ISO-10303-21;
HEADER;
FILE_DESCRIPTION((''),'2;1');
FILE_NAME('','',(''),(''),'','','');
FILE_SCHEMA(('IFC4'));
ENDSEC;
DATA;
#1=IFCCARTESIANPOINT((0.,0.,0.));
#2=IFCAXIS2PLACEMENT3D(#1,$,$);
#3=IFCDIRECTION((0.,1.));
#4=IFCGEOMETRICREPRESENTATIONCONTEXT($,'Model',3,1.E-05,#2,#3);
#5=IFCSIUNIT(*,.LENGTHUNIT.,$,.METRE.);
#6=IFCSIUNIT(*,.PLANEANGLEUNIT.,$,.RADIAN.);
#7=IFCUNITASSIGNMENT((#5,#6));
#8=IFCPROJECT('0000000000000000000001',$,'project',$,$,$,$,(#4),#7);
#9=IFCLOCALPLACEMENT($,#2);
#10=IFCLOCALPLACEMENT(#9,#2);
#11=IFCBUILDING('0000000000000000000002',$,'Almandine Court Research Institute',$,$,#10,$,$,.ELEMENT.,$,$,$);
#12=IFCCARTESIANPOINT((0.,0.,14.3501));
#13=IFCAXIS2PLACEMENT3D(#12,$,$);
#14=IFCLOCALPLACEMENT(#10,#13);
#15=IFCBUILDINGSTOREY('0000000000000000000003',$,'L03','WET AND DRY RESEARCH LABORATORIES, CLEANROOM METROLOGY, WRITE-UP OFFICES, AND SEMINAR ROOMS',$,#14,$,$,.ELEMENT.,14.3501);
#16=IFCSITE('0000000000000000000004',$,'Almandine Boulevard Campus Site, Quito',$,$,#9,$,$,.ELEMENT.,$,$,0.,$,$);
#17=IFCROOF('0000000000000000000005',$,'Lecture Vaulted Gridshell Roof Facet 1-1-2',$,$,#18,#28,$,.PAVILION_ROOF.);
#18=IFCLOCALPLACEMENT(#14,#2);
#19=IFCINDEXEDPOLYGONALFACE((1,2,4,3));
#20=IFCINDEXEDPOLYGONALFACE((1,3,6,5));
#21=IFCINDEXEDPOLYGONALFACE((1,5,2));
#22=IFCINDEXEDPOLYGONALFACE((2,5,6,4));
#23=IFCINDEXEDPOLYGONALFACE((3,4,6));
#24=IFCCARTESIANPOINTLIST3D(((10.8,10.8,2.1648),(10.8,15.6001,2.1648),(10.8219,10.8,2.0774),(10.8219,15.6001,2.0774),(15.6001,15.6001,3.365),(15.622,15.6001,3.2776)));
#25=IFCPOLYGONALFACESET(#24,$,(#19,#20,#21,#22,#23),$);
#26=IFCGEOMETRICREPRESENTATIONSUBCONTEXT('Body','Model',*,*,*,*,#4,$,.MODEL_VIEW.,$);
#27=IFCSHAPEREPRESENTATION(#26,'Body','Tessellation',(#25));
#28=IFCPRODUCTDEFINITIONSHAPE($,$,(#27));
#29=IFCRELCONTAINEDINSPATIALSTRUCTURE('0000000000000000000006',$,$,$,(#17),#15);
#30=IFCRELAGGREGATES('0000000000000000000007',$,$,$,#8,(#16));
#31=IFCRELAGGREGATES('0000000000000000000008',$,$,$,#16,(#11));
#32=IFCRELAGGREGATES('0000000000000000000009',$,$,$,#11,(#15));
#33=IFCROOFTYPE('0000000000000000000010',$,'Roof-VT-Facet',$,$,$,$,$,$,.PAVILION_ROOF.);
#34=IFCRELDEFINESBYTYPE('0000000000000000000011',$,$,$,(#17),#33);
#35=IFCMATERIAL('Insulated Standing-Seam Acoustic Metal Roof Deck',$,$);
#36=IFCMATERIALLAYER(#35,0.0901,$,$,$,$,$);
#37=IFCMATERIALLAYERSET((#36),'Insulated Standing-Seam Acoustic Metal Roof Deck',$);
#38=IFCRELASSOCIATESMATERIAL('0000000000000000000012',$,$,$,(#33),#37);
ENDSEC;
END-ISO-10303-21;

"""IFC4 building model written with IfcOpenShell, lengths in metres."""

from ifc_helpers import new_model, si_unit, direction, frame, origin, place, context, subcontext, project, spatial, polyline, outline, extrude, material, layer, layer_set, type_object, element, save


model = new_model("IFC4")

# Units and contexts
model_context = context("Model", 3, precision=1e-05, world=origin(), true_north=direction((0.0, 1.0)))
body_context = subcontext(model_context, "Body", "Model", "MODEL_VIEW")
ifc_project = project(units=[si_unit("LENGTHUNIT", "METRE"), si_unit("PLANEANGLEUNIT", "RADIAN")], contexts=[model_context])

# Site, building, storey
site_placement = place(None, origin())
site = spatial("IfcSite", under=ifc_project, at=site_placement, Name="Almandine Boulevard Campus Site, Quito", CompositionType="ELEMENT", RefElevation=0.0)
building_placement = place(site_placement, origin())
building = spatial("IfcBuilding", under=site, at=building_placement, Name="Almandine Court Research Institute", CompositionType="ELEMENT")
storey_placement = place(building_placement, frame((0.0, 0.0, 14.3501)))
storey = spatial("IfcBuildingStorey", under=building, at=storey_placement, Name="L03", Description="WET AND DRY RESEARCH LABORATORIES, CLEANROOM METROLOGY, WRITE-UP OFFICES, AND SEMINAR ROOMS", CompositionType="ELEMENT", Elevation=14.3501)

# Roof
ifc_material_1 = material(Name="Insulated Standing-Seam Acoustic Metal Roof Deck")
ifc_layer_1 = layer(ifc_material_1, 0.0901)
ifc_layer_set_1 = layer_set([ifc_layer_1], Name="Insulated Standing-Seam Acoustic Metal Roof Deck")
roof_type = type_object("IfcRoofType", Name="Roof-VT-Facet", PredefinedType="PAVILION_ROOF", material=ifc_layer_set_1)
roof_1_placement = place(storey_placement, frame((10.8, 10.8, 2.1648), z_axis=(-0.24257, 0.0, 0.970134), x_axis=(0.696307, 0.696307, 0.174103)))
element("IfcRoof", 1, at=roof_1_placement, inside=storey, type_object=roof_type, Name="Lecture Vaulted Gridshell Roof Facet 1-1-2", PredefinedType="PAVILION_ROOF", context=body_context, shape_type="SweptSolid", body=[
    extrude(outline(polyline([(0.0, 0.0), (6.8936, 0.0), (3.3423, 3.4452), (0.0, 0.0)])), origin(), (0.0, 0.0, -1.0), 0.0901),
])

save(model, "model.ifc")
